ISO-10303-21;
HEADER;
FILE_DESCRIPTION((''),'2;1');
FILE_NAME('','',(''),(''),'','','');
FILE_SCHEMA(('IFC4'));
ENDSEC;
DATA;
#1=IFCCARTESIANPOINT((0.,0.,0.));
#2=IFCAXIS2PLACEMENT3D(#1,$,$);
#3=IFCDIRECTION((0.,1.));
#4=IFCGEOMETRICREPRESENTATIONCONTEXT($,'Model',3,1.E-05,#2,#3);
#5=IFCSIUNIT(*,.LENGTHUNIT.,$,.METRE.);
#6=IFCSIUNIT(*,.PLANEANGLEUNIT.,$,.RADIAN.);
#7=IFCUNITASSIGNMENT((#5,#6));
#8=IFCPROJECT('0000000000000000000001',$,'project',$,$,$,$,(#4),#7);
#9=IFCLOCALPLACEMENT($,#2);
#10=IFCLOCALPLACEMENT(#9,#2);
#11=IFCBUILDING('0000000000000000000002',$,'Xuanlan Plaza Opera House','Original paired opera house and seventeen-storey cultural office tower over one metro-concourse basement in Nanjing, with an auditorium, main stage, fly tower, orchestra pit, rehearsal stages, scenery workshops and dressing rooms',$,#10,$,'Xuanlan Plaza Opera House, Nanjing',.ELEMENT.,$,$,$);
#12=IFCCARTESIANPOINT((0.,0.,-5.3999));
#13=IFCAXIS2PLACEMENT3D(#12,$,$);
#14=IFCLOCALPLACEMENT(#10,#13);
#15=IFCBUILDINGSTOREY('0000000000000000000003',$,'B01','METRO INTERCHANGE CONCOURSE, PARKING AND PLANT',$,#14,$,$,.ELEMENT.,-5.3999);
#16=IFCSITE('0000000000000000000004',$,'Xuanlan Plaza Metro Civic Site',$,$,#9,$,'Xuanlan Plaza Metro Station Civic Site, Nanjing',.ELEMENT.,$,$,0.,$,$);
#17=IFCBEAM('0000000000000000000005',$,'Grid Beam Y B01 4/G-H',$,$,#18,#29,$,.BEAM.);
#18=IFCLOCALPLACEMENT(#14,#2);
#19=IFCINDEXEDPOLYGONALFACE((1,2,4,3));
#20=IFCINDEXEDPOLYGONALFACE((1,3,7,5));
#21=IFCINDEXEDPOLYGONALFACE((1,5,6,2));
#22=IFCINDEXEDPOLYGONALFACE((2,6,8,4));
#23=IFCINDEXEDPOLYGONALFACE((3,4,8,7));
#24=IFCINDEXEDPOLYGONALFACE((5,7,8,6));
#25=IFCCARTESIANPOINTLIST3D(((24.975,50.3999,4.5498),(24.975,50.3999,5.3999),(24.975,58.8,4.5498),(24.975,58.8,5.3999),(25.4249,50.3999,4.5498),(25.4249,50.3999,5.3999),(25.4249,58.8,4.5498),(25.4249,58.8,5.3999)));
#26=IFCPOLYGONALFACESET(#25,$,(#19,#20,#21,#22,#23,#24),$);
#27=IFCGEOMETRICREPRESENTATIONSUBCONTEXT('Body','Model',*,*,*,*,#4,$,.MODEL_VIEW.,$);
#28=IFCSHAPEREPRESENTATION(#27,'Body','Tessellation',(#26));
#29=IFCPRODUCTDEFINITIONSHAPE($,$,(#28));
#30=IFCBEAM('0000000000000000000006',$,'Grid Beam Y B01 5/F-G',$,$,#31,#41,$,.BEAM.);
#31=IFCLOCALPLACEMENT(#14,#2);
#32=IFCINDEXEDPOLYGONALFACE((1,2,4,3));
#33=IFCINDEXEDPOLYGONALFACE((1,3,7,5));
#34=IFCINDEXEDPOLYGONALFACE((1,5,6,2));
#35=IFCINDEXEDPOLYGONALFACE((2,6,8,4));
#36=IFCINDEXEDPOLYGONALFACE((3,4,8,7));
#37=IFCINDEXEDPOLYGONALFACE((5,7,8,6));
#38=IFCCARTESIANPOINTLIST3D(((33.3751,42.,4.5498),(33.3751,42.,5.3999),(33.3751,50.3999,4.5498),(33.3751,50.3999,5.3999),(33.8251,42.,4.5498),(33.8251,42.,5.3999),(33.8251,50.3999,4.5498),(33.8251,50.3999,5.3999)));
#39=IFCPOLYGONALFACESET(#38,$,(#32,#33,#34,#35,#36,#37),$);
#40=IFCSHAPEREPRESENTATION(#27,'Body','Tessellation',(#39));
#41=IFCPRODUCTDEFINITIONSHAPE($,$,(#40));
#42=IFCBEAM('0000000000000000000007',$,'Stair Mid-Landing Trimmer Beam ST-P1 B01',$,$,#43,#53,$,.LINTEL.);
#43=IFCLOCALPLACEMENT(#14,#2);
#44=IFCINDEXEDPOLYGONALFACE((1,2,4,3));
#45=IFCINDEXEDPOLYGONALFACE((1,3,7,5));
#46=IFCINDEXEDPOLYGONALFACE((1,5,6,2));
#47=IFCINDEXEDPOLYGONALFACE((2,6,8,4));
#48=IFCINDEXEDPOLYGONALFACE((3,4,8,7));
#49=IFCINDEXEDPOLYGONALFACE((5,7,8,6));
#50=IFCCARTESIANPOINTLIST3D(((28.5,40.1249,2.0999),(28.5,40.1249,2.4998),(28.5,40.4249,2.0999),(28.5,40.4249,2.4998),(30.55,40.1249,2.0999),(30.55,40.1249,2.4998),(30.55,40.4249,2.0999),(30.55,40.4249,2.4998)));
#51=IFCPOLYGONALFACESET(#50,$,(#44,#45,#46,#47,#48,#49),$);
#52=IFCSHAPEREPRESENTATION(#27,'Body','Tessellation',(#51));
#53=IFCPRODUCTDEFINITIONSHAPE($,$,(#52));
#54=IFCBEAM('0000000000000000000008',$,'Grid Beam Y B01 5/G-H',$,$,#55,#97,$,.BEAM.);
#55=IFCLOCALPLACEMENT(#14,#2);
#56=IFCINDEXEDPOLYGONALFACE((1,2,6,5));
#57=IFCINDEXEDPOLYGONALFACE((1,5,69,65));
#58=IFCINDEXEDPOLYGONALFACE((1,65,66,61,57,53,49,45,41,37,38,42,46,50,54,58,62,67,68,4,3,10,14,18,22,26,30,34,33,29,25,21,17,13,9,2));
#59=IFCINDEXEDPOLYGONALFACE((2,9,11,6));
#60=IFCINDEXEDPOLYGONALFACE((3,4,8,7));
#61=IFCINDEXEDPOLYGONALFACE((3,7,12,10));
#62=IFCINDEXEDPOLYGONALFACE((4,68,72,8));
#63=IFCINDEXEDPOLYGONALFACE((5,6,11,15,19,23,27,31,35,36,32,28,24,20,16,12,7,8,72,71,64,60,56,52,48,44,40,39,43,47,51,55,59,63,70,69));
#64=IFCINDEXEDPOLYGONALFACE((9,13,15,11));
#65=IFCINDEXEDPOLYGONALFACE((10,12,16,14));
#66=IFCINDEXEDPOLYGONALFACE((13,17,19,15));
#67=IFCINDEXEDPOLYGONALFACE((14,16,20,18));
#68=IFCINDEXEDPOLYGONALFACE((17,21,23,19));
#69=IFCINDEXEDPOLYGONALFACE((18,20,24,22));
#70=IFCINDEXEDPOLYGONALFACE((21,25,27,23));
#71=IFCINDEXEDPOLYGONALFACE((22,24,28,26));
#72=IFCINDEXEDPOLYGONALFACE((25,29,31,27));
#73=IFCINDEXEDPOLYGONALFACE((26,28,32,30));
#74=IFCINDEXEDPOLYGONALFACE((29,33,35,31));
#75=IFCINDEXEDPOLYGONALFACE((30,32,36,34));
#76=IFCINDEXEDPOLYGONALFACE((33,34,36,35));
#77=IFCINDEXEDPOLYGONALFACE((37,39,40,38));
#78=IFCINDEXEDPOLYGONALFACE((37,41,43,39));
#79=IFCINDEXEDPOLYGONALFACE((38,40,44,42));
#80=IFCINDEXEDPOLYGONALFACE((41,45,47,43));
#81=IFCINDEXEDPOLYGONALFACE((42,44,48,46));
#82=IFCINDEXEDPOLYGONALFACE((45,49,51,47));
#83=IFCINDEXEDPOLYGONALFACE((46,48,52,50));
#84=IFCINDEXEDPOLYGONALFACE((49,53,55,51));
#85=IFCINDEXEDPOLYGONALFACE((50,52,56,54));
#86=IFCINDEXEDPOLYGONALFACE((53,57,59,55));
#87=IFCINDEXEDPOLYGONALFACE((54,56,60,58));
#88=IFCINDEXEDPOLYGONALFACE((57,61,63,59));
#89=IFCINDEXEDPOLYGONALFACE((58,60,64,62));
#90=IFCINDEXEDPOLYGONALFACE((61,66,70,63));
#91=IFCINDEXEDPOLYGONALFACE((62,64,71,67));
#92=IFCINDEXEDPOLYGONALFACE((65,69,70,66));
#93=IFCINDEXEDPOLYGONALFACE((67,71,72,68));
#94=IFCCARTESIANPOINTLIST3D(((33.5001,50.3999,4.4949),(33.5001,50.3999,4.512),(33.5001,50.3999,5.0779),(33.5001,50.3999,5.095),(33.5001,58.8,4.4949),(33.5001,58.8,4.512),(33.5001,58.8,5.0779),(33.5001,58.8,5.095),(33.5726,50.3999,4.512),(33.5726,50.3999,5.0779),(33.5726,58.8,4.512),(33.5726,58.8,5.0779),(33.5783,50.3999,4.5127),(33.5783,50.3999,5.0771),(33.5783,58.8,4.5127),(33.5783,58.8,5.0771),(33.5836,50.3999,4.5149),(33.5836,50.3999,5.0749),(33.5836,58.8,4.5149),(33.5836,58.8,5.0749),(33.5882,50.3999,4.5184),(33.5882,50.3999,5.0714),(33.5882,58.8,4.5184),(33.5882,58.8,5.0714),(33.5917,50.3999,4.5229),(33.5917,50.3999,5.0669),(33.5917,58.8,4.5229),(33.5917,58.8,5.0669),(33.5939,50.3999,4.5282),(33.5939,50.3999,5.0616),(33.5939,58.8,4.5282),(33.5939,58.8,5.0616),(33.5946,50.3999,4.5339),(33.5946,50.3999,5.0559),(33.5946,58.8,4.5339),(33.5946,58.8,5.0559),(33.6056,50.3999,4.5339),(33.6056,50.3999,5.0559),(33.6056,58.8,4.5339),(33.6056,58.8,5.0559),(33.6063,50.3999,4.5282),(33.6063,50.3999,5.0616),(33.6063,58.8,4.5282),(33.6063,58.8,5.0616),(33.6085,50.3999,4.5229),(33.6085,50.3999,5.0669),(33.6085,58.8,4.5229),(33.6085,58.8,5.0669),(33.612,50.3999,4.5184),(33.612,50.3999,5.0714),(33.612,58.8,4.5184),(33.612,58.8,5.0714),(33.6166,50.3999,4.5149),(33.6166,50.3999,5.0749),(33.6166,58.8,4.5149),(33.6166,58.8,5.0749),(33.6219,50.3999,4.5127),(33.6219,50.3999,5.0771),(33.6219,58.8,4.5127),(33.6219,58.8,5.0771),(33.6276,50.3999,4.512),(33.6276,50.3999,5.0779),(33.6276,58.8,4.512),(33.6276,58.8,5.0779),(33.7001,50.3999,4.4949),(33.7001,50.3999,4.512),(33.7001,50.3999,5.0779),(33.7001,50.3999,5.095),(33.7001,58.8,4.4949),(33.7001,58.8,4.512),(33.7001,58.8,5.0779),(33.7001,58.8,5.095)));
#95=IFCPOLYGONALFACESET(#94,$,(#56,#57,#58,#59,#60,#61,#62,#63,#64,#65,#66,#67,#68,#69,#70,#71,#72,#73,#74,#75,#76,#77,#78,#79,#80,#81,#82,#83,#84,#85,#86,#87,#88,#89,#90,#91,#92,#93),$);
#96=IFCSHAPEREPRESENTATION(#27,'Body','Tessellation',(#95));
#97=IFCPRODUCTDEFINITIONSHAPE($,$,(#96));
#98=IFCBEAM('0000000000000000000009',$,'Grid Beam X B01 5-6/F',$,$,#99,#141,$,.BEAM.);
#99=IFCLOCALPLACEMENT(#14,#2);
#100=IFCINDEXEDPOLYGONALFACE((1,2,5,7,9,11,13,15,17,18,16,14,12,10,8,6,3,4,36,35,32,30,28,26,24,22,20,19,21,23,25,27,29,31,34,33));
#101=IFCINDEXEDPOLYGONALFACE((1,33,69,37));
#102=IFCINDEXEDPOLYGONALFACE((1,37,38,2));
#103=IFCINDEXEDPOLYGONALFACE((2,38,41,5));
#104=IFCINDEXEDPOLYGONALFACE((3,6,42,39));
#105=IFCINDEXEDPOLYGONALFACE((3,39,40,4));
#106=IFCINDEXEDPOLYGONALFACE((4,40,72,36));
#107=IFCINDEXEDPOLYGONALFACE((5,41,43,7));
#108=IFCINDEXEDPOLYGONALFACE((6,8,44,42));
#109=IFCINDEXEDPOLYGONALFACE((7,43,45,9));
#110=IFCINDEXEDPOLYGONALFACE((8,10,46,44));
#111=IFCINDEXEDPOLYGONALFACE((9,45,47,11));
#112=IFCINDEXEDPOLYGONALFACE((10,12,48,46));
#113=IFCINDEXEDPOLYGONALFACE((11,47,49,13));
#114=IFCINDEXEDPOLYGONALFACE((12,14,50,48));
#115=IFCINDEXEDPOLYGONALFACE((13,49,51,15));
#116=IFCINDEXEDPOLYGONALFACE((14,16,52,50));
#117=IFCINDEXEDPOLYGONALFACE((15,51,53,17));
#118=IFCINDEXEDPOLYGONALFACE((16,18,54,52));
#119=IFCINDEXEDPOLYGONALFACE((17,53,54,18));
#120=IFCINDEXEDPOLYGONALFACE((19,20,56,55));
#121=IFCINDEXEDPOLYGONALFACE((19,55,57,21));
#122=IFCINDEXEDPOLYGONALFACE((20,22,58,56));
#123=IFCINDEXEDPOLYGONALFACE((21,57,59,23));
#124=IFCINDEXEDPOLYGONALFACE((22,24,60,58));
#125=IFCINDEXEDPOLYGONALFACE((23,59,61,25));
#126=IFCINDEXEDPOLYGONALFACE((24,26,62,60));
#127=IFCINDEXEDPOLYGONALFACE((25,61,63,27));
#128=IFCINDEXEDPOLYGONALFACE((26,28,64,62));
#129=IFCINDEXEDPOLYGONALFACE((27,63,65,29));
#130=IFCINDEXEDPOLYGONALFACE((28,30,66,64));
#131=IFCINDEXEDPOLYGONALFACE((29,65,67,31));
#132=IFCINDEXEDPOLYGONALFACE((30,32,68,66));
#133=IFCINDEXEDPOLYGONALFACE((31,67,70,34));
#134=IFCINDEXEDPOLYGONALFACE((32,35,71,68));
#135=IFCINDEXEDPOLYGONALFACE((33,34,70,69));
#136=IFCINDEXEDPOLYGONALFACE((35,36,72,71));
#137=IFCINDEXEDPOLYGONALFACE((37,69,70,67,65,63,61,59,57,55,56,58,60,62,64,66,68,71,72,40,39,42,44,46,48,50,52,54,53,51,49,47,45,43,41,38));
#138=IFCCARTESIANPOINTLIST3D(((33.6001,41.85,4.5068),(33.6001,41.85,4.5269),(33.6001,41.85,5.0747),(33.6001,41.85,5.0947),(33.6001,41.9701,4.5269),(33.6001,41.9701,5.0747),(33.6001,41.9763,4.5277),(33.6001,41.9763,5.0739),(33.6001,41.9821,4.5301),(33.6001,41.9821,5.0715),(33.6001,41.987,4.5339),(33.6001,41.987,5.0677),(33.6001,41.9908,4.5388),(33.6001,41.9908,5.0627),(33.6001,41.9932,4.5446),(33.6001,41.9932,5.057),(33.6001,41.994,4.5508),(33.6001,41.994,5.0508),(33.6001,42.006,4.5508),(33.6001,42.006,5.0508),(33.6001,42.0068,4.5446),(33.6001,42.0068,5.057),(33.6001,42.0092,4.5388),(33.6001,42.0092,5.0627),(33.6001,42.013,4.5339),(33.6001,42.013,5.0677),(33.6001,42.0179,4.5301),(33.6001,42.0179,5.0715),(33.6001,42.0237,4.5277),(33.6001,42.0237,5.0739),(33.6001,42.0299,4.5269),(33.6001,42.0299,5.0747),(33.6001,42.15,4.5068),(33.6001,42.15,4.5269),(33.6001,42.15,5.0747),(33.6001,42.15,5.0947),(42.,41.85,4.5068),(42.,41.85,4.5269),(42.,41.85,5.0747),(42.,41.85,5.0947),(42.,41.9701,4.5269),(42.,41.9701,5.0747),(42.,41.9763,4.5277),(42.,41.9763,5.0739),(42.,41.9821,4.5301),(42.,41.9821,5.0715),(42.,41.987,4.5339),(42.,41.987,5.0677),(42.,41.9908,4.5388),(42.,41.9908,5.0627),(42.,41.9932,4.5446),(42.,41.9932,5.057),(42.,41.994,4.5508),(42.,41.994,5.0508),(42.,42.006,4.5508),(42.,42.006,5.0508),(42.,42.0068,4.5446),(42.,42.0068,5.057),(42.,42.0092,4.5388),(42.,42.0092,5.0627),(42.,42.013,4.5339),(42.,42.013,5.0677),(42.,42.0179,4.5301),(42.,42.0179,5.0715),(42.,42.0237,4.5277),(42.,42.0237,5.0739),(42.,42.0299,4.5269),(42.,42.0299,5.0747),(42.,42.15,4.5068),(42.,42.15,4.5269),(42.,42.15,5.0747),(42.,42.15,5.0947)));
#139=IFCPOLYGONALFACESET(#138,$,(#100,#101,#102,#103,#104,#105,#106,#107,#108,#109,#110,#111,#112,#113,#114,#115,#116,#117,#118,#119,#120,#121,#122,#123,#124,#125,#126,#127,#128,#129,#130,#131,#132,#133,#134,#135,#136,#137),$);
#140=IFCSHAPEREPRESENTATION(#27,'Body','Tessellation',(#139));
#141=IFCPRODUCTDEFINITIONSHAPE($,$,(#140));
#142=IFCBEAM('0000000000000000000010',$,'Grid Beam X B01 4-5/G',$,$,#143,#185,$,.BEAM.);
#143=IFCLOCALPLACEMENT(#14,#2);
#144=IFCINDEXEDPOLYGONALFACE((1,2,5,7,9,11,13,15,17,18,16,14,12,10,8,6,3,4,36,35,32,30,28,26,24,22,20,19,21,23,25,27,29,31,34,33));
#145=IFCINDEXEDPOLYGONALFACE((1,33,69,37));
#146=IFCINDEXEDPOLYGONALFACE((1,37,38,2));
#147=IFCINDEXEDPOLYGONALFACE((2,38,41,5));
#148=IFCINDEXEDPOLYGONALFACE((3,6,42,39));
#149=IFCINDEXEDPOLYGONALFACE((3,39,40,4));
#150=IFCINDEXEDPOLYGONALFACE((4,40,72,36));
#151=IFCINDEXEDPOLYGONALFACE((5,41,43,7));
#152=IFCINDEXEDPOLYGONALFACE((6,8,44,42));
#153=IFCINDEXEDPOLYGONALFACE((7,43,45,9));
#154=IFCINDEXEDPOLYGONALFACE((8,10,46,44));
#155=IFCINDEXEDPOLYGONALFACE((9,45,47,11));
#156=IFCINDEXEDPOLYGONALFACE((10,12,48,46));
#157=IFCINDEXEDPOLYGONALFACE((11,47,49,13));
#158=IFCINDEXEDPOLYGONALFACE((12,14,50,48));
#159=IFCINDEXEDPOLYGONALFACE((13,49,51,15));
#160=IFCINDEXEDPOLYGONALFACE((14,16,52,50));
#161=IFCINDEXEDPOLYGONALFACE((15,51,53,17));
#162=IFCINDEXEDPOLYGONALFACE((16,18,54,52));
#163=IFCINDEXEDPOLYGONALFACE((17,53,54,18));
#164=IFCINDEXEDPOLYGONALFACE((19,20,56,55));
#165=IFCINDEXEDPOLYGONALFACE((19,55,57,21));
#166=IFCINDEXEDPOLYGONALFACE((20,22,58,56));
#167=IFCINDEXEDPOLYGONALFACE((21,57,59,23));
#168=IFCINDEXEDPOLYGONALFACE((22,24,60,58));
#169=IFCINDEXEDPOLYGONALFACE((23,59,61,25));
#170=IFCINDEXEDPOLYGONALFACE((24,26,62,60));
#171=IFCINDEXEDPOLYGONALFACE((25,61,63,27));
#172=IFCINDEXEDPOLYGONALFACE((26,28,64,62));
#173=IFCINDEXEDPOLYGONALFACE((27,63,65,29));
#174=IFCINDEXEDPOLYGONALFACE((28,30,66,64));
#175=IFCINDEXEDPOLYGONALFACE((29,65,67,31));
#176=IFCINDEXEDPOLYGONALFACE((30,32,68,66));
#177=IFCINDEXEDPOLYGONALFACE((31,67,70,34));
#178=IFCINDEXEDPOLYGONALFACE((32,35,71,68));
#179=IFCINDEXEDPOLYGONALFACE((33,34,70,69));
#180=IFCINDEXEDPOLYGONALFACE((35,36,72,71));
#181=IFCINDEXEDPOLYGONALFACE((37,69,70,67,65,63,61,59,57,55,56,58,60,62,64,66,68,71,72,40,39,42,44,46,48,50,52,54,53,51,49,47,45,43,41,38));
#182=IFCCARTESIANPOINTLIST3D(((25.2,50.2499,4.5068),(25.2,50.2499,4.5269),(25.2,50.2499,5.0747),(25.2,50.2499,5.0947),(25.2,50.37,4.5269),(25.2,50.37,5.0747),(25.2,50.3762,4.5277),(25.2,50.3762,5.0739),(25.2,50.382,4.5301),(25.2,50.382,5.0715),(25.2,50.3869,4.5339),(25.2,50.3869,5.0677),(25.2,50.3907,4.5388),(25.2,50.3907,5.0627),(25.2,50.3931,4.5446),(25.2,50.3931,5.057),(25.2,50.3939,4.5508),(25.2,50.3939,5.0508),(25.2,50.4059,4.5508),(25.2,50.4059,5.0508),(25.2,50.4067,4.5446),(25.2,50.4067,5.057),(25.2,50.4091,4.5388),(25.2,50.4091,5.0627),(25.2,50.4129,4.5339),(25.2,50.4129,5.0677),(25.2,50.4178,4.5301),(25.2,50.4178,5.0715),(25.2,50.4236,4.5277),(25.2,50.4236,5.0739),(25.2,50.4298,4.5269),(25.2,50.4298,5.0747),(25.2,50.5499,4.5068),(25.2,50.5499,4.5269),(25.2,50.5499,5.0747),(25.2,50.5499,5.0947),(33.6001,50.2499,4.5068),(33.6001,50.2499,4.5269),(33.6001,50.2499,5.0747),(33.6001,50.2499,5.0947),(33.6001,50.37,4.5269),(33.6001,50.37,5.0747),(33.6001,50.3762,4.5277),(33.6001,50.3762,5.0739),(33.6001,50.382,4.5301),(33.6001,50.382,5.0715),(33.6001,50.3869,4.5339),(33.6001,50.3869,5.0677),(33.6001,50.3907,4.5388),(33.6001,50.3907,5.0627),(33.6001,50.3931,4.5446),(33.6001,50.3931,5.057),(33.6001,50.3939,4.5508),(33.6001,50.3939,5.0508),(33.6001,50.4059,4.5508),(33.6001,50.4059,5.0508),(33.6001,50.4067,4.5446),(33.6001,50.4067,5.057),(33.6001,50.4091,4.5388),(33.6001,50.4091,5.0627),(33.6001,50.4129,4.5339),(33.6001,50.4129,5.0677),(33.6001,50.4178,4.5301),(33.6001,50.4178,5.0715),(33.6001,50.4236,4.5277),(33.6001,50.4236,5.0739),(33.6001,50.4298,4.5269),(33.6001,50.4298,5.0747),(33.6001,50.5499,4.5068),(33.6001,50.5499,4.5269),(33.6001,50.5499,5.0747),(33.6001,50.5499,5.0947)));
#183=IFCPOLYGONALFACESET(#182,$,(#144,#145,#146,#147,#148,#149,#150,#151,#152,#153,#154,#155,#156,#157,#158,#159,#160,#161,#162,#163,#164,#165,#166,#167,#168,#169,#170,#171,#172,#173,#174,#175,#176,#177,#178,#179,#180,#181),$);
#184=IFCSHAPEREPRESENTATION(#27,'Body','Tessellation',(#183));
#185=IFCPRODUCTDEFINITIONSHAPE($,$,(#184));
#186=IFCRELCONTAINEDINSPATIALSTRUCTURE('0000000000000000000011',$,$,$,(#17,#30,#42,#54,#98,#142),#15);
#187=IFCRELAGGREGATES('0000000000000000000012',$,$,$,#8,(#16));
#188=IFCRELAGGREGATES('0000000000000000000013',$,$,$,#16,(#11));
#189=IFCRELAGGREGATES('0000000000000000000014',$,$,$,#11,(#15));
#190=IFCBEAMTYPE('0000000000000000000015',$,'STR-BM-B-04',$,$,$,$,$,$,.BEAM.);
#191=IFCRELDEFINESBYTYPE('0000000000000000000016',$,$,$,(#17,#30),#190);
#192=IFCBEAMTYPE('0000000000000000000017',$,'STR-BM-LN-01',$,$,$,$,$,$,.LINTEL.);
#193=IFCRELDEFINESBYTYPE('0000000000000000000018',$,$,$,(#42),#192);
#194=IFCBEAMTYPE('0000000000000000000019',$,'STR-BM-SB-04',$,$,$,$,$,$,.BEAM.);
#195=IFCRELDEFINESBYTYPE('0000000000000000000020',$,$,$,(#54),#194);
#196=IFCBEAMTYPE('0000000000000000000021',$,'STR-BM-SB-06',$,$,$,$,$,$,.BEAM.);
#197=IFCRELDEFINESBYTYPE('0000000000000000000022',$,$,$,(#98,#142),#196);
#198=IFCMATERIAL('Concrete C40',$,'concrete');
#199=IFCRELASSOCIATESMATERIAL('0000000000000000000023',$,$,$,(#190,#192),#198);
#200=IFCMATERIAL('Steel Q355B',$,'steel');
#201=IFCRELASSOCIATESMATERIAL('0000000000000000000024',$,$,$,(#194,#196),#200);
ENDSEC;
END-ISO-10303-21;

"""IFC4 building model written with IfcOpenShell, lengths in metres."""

from ifc_helpers import new_model, si_unit, direction, frame, origin, origin_2d, place, context, subcontext, project, spatial, rectangle, i_section, extrude, material, material_profile, profile_set, type_object, element, save


model = new_model("IFC4")

# Units and contexts
model_context = context("Model", 3, precision=1e-05, world=origin(), true_north=direction((0.0, 1.0)))
body_context = subcontext(model_context, "Body", "Model", "MODEL_VIEW")
ifc_project = project(units=[si_unit("LENGTHUNIT", "METRE"), si_unit("PLANEANGLEUNIT", "RADIAN")], contexts=[model_context])

# Site, building, storey
site_placement = place(None, origin())
site = spatial("IfcSite", under=ifc_project, at=site_placement, Name="Xuanlan Plaza Metro Civic Site", LongName="Xuanlan Plaza Metro Station Civic Site, Nanjing", CompositionType="ELEMENT", RefElevation=0.0)
building_placement = place(site_placement, origin())
building = spatial("IfcBuilding", under=site, at=building_placement, Name="Xuanlan Plaza Opera House", Description="Original paired opera house and seventeen-storey cultural office tower over one metro-concourse basement in Nanjing, with an auditorium, main stage, fly tower, orchestra pit, rehearsal stages, scenery workshops and dressing rooms", LongName="Xuanlan Plaza Opera House, Nanjing", CompositionType="ELEMENT")
storey_placement = place(building_placement, frame((0.0, 0.0, -5.3999)))
storey = spatial("IfcBuildingStorey", under=building, at=storey_placement, Name="B01", Description="METRO INTERCHANGE CONCOURSE, PARKING AND PLANT", CompositionType="ELEMENT", Elevation=-5.3999)

# Shared definitions
ifc_material_1 = material(Name="Concrete C40", Category="concrete")

# Beams
ifc_material_profile_1 = material_profile(ifc_material_1, rectangle(XDim=0.45, YDim=0.8501, at=origin_2d()), Name="RC-BM 450x850")
ifc_profile_set_1 = profile_set([ifc_material_profile_1], Name="Concrete C40")
beam_type_1 = type_object("IfcBeamType", Name="STR-BM-B-04", PredefinedType="BEAM", material=ifc_profile_set_1)
beam_1_placement = place(storey_placement, frame((25.2, 50.3999, 4.9749), z_axis=(0.0, 1.0, 0.0), x_axis=(-1.0, 0.0, 0.0)))
element("IfcBeam", 1, at=beam_1_placement, inside=storey, type_object=beam_type_1, Name="Grid Beam Y B01 4/G-H", PredefinedType="BEAM", context=body_context, shape_type="SweptSolid", body=[
    extrude(rectangle(XDim=0.45, YDim=0.8501, at=origin_2d()), origin(), (0.0, 0.0, 1.0), 8.4001),
])
beam_2_placement = place(storey_placement, frame((33.6001, 42.0, 4.9749), z_axis=(0.0, 1.0, 0.0), x_axis=(-1.0, 0.0, 0.0)))
element("IfcBeam", 2, at=beam_2_placement, inside=storey, type_object=beam_type_1, Name="Grid Beam Y B01 5/F-G", PredefinedType="BEAM", context=body_context, shape_type="SweptSolid", body=[
    extrude(rectangle(XDim=0.45, YDim=0.8501, at=origin_2d()), origin(), (0.0, 0.0, 1.0), 8.3999),
])
ifc_material_profile_2 = material_profile(ifc_material_1, rectangle(XDim=0.3, YDim=0.3999, at=origin_2d()), Name="RC-LNT 300x400")
ifc_profile_set_2 = profile_set([ifc_material_profile_2], Name="Concrete C40")
beam_type_2 = type_object("IfcBeamType", Name="STR-BM-LN-01", PredefinedType="LINTEL", material=ifc_profile_set_2)
beam_3_placement = place(storey_placement, frame((28.5, 40.2749, 2.2998), z_axis=(1.0, 0.0, 0.0), x_axis=(0.0, 1.0, 0.0)))
element("IfcBeam", 3, at=beam_3_placement, inside=storey, type_object=beam_type_2, Name="Stair Mid-Landing Trimmer Beam ST-P1 B01", PredefinedType="LINTEL", context=body_context, shape_type="SweptSolid", body=[
    extrude(rectangle(XDim=0.3, YDim=0.3999, at=origin_2d()), origin(), (0.0, 0.0, 1.0), 2.05),
])
ifc_material_2 = material(Name="Steel Q355B", Category="steel")
ifc_material_profile_3 = material_profile(ifc_material_2, i_section(OverallWidth=0.2, OverallDepth=0.6001, WebThickness=0.011, FlangeThickness=0.0171, FilletRadius=0.022, at=origin_2d()), Name="HN 600x200x11x17")
ifc_profile_set_3 = profile_set([ifc_material_profile_3], Name="Steel Q355B")
beam_type_3 = type_object("IfcBeamType", Name="STR-BM-SB-04", PredefinedType="BEAM", material=ifc_profile_set_3)
beam_4_placement = place(storey_placement, frame((33.6001, 50.3999, 4.7949), z_axis=(0.0, 1.0, 0.0), x_axis=(-1.0, 0.0, 0.0)))
element("IfcBeam", 4, at=beam_4_placement, inside=storey, type_object=beam_type_3, Name="Grid Beam Y B01 5/G-H", PredefinedType="BEAM", context=body_context, shape_type="SweptSolid", body=[
    extrude(i_section(OverallWidth=0.2, OverallDepth=0.6001, WebThickness=0.011, FlangeThickness=0.0171, FilletRadius=0.022, at=origin_2d()), origin(), (0.0, 0.0, 1.0), 8.4001),
])
ifc_material_profile_4 = material_profile(ifc_material_2, i_section(OverallWidth=0.3, OverallDepth=0.5879, WebThickness=0.012, FlangeThickness=0.02, FilletRadius=0.0239, at=origin_2d()), Name="HM 588x300x12x20")
ifc_profile_set_4 = profile_set([ifc_material_profile_4], Name="Steel Q355B")
beam_type_4 = type_object("IfcBeamType", Name="STR-BM-SB-06", PredefinedType="BEAM", material=ifc_profile_set_4)
beam_5_placement = place(storey_placement, frame((33.6001, 42.0, 4.8008), z_axis=(1.0, 0.0, 0.0), x_axis=(0.0, 1.0, 0.0)))
element("IfcBeam", 5, at=beam_5_placement, inside=storey, type_object=beam_type_4, Name="Grid Beam X B01 5-6/F", PredefinedType="BEAM", context=body_context, shape_type="SweptSolid", body=[
    extrude(i_section(OverallWidth=0.3, OverallDepth=0.5879, WebThickness=0.012, FlangeThickness=0.02, FilletRadius=0.0239, at=origin_2d()), origin(), (0.0, 0.0, 1.0), 8.3999),
])
beam_6_placement = place(storey_placement, frame((25.2, 50.3999, 4.8008), z_axis=(1.0, 0.0, 0.0), x_axis=(0.0, 1.0, 0.0)))
element("IfcBeam", 6, at=beam_6_placement, inside=storey, type_object=beam_type_4, Name="Grid Beam X B01 4-5/G", PredefinedType="BEAM", context=body_context, shape_type="SweptSolid", body=[
    extrude(i_section(OverallWidth=0.3, OverallDepth=0.5879, WebThickness=0.012, FlangeThickness=0.02, FilletRadius=0.0239, at=origin_2d()), origin(), (0.0, 0.0, 1.0), 8.4001),
])

save(model, "model.ifc")
